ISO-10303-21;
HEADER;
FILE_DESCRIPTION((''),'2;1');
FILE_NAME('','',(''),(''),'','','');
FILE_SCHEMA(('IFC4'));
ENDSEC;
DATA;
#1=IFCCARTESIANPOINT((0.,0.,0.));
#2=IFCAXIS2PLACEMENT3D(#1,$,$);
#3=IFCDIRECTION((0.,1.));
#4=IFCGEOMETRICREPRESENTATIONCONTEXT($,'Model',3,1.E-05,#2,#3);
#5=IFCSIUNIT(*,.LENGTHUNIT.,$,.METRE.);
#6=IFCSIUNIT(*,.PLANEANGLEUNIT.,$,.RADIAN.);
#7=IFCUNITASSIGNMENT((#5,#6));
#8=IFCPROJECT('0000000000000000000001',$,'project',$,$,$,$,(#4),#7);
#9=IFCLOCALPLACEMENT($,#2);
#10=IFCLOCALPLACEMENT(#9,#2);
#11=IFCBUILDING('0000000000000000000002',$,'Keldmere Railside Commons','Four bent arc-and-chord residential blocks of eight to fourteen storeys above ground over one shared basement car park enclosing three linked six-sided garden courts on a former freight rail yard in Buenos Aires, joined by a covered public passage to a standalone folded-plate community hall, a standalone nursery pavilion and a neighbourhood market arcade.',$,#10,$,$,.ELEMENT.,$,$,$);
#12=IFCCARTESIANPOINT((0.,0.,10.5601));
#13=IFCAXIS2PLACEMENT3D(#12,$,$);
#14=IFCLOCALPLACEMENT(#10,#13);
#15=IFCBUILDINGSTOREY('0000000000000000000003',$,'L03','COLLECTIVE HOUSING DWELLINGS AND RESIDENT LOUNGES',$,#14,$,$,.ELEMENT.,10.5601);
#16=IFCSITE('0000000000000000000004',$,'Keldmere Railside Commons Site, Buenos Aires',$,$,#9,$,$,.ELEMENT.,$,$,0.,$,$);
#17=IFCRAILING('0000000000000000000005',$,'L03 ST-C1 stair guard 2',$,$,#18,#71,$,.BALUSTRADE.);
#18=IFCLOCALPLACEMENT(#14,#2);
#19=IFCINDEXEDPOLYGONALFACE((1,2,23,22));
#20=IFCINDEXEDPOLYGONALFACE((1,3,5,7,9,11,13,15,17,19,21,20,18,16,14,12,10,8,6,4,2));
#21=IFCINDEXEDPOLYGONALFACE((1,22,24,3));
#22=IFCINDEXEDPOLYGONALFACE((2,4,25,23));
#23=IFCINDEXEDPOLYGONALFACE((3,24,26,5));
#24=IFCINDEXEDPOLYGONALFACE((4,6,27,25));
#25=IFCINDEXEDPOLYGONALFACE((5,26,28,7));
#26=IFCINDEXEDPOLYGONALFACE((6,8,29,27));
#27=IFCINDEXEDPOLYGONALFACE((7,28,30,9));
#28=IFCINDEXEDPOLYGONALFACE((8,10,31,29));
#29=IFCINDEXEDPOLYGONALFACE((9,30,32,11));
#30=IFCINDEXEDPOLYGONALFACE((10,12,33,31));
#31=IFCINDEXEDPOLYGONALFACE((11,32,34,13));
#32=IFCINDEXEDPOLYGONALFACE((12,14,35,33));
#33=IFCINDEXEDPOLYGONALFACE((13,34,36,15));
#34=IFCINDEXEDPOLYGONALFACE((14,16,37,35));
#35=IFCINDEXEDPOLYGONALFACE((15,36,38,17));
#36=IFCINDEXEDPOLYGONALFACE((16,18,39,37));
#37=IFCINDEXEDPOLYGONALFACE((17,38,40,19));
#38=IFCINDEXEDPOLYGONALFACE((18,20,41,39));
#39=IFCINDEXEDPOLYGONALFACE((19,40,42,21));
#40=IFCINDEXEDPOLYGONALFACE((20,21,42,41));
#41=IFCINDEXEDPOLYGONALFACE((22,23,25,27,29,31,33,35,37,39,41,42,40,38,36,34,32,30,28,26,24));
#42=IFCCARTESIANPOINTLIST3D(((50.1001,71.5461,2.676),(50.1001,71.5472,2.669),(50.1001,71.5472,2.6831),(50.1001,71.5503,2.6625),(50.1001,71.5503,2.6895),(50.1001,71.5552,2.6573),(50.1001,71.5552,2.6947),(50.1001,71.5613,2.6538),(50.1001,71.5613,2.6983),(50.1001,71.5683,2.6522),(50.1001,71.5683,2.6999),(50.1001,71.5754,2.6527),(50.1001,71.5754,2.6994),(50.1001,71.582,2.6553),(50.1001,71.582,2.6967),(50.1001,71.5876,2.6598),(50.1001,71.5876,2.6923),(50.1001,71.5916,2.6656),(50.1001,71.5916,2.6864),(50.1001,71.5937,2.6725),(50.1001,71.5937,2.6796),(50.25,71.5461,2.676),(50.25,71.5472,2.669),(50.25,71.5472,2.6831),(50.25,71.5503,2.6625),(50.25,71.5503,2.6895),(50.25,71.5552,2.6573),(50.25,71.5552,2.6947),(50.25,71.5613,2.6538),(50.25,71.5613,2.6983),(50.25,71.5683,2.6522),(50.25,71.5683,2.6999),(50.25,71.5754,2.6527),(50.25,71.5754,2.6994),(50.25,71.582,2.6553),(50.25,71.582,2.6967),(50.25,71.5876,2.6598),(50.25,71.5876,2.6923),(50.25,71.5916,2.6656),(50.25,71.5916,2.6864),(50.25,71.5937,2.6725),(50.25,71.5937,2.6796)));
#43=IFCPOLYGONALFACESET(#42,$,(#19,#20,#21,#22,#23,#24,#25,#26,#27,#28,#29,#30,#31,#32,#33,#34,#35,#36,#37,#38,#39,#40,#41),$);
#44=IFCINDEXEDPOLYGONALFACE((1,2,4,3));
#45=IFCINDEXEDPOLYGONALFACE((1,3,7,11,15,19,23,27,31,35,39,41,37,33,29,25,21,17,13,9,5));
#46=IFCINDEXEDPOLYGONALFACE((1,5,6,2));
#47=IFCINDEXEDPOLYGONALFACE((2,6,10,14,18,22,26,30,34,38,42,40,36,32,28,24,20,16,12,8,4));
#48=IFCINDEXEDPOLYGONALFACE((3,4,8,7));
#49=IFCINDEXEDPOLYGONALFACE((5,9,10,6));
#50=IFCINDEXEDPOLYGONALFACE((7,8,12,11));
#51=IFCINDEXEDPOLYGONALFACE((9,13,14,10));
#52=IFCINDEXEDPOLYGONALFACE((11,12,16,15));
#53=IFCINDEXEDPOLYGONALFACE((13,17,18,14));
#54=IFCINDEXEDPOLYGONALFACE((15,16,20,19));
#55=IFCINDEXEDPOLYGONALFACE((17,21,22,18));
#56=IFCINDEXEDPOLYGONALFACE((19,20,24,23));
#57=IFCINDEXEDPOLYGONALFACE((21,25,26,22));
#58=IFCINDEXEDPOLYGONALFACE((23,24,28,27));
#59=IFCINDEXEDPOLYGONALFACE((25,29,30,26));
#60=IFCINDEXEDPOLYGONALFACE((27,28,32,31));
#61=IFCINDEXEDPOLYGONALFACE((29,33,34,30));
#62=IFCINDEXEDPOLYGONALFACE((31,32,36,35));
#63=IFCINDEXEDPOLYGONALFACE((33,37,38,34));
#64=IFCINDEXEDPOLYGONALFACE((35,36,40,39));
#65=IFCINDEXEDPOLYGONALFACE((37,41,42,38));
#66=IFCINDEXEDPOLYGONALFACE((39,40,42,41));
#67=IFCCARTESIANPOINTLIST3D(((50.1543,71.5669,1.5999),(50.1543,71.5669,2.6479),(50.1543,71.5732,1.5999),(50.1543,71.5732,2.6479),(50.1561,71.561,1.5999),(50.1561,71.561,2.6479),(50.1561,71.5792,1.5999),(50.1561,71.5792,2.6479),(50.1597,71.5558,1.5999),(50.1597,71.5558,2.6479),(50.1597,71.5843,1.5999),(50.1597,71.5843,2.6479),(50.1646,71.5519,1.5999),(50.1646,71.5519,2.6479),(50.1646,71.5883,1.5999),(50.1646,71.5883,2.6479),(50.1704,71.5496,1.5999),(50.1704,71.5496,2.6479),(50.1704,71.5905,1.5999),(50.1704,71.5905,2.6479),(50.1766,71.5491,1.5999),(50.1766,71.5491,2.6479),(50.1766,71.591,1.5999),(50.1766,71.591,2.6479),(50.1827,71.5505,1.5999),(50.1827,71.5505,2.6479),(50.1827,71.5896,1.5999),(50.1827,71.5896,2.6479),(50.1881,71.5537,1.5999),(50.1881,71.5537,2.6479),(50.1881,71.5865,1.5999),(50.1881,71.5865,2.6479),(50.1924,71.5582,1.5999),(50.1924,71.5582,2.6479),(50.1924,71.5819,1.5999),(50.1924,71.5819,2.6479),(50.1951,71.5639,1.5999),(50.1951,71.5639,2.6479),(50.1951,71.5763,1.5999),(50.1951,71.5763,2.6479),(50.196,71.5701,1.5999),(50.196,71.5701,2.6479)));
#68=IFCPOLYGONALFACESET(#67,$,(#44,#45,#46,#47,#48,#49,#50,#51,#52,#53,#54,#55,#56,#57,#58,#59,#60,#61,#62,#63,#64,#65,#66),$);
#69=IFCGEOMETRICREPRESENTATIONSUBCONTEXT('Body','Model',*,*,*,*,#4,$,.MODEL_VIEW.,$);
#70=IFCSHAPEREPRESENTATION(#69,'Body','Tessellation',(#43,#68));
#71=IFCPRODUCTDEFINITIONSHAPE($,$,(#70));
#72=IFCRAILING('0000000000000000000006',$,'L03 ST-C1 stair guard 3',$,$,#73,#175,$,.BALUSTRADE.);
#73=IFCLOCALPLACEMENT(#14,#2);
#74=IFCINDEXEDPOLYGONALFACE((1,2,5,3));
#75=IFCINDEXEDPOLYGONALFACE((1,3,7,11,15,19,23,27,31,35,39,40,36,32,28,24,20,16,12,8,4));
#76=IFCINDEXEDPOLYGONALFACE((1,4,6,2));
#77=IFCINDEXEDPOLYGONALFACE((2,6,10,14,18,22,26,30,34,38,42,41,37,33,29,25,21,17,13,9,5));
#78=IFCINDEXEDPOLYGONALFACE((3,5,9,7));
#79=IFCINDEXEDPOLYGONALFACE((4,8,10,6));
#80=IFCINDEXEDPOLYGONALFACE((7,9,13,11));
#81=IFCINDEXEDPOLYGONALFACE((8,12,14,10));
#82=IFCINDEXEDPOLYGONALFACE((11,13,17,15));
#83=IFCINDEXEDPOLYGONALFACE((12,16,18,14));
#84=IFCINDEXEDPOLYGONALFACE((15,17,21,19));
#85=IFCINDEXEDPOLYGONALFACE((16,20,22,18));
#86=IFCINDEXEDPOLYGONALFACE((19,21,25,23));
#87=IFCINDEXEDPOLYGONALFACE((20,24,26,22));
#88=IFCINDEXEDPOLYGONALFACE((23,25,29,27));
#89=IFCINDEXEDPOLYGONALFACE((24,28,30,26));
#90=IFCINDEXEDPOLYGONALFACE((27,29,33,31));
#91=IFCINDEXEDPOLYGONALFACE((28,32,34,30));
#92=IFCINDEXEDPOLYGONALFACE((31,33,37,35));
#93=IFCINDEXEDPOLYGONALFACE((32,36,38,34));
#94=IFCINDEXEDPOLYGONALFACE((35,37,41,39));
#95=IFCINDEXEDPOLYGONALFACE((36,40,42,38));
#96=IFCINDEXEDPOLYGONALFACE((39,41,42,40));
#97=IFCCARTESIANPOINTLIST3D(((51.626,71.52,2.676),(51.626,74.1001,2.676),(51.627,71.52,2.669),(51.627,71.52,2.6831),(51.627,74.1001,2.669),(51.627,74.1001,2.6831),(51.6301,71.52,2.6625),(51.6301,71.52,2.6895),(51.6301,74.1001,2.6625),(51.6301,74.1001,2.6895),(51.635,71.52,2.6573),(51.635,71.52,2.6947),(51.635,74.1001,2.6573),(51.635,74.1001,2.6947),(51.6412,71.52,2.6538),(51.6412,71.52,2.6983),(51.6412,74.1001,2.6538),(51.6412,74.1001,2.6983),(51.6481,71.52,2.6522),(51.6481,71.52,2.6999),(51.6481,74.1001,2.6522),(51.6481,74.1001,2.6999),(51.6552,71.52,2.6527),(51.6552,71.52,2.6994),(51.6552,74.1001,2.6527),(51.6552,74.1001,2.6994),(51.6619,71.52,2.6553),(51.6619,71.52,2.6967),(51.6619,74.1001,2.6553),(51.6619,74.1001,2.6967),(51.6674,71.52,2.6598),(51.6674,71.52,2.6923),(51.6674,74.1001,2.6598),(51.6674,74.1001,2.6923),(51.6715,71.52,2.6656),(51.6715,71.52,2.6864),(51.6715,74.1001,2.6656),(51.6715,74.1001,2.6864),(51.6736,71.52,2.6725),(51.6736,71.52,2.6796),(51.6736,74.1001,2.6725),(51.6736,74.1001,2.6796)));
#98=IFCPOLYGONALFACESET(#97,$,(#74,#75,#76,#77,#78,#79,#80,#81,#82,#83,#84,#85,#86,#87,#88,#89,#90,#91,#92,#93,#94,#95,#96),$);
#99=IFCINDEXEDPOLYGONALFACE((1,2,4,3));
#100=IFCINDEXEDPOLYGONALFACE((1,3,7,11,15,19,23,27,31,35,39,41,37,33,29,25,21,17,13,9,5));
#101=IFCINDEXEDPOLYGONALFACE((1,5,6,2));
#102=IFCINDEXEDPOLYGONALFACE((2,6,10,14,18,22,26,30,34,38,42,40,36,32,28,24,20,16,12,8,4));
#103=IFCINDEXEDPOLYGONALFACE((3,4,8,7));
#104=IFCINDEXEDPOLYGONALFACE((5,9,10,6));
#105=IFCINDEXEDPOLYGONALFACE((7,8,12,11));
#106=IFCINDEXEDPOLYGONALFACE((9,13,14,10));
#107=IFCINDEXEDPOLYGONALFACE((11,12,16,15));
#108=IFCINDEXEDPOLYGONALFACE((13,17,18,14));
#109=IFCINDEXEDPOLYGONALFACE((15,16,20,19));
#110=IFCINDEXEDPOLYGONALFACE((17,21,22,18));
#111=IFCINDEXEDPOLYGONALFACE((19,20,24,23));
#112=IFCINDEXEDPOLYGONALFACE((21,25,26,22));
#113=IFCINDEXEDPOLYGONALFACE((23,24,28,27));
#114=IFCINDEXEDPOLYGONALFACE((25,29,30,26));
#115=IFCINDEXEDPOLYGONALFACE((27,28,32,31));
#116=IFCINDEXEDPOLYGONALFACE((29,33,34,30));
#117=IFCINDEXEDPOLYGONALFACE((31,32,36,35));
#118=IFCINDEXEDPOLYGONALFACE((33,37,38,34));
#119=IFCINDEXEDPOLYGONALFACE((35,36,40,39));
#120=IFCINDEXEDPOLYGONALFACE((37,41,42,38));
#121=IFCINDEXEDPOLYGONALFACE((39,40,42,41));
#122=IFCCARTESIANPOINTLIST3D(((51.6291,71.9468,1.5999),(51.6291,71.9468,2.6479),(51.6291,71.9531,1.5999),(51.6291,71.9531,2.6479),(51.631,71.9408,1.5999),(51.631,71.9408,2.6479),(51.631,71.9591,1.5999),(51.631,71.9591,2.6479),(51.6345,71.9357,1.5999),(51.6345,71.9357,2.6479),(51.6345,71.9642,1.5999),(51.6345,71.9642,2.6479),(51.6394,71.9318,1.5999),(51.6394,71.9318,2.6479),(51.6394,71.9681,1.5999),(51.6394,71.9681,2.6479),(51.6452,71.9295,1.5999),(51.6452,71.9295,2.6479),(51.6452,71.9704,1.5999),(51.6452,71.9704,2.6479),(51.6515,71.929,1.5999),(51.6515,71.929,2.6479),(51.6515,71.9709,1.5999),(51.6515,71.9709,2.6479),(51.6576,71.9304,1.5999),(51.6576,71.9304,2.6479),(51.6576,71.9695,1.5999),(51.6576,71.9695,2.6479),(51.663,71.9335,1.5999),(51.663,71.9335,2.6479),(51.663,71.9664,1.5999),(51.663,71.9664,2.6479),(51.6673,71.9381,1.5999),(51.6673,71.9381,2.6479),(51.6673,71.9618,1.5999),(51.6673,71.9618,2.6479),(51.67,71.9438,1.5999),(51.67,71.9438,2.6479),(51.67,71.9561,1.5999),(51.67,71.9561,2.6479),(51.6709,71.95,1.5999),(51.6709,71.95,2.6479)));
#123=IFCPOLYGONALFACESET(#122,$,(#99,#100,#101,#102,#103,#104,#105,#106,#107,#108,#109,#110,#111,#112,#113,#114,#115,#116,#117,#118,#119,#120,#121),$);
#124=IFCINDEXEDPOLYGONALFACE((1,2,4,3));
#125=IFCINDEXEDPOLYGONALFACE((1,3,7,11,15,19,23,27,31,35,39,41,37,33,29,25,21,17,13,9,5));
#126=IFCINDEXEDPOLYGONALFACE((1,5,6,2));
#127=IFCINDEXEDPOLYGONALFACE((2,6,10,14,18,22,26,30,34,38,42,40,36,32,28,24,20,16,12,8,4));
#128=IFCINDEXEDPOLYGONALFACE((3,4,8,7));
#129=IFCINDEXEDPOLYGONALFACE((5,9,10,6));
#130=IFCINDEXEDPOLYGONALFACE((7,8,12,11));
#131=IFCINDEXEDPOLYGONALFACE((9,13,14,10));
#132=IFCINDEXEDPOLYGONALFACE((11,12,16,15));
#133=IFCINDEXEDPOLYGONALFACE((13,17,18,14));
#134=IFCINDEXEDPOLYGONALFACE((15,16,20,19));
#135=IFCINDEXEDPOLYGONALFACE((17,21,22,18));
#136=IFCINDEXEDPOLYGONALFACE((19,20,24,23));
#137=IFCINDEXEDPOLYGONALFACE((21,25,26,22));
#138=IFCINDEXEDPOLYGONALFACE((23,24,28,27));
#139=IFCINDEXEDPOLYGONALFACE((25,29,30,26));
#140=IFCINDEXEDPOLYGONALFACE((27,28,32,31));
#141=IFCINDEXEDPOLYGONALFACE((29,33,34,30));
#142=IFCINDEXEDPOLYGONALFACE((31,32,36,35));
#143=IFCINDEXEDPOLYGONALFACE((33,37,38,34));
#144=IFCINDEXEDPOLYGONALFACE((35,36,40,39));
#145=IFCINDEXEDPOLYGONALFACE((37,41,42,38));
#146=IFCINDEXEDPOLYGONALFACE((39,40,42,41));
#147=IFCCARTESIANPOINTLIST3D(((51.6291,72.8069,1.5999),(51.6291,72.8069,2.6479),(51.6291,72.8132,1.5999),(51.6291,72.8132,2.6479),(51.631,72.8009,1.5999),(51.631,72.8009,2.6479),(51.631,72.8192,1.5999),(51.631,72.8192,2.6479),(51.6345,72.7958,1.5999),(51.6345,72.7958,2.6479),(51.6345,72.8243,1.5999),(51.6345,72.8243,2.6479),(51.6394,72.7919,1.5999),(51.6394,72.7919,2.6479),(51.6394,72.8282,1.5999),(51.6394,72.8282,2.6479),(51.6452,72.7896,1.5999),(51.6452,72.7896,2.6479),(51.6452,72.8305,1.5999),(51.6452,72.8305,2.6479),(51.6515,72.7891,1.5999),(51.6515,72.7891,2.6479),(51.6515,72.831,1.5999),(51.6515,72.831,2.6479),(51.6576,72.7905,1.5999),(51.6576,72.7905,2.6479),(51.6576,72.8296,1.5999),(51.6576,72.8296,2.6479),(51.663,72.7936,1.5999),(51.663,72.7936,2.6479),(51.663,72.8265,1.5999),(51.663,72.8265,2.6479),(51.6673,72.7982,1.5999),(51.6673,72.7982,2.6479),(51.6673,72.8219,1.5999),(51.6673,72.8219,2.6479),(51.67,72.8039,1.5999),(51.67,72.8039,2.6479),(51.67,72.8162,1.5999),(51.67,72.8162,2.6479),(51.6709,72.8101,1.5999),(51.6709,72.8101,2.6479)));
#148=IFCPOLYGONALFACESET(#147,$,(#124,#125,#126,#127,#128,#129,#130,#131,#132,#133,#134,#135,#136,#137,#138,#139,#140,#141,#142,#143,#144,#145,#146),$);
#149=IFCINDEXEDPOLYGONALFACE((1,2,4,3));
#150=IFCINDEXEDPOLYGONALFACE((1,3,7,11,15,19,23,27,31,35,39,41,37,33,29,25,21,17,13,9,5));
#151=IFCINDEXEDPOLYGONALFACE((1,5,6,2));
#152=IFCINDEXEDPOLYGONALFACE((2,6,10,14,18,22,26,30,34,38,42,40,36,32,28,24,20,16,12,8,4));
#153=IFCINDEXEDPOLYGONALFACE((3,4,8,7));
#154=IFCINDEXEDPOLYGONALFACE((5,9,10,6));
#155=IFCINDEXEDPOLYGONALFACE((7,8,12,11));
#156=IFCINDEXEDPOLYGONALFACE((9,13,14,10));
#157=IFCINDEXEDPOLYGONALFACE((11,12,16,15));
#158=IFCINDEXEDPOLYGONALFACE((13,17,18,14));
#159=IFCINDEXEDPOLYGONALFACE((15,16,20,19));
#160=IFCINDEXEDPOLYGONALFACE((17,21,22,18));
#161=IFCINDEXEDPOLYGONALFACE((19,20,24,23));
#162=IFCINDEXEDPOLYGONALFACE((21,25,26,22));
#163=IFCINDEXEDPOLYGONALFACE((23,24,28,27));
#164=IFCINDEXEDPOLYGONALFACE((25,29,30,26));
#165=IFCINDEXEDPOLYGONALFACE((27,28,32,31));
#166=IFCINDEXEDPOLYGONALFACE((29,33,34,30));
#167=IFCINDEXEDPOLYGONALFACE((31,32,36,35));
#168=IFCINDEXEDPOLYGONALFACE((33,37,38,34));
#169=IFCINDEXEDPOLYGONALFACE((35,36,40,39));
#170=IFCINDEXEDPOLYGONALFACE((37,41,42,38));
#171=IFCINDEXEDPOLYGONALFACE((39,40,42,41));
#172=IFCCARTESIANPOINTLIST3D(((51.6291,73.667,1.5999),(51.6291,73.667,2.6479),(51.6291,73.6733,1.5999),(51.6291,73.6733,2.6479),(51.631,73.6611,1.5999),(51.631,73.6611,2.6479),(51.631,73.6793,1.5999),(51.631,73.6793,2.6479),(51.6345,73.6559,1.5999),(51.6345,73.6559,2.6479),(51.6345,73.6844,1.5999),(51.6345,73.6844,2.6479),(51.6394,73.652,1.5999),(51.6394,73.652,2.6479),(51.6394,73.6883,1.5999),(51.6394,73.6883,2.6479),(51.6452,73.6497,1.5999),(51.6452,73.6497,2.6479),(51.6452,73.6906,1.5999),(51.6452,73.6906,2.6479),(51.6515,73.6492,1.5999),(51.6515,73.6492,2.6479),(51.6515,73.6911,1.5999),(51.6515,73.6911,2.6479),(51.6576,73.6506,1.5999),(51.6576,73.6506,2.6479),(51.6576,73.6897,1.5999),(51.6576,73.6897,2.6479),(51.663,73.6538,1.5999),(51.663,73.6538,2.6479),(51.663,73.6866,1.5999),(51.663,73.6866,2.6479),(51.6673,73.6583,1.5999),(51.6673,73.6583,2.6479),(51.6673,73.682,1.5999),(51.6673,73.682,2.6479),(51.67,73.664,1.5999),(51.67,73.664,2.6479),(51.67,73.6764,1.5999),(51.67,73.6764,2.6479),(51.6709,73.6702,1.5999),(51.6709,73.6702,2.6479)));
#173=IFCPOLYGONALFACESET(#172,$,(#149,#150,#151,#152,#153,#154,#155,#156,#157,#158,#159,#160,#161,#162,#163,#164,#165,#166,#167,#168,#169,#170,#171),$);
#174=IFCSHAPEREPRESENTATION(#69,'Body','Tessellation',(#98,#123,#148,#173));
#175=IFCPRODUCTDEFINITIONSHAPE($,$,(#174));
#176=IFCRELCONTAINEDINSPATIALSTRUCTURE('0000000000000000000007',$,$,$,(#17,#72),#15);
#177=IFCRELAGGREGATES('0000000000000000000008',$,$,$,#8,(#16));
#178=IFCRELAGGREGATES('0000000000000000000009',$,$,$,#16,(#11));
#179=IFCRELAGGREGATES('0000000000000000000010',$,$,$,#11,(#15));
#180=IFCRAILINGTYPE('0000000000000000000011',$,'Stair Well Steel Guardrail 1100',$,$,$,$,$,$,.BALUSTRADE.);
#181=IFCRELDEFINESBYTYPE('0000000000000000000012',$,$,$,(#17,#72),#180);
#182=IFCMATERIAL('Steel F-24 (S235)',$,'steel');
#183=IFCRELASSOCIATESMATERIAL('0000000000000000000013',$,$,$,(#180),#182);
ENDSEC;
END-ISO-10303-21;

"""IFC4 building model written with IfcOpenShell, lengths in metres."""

from ifc_helpers import new_model, si_unit, direction, frame, origin, origin_2d, place, context, subcontext, project, spatial, circle, extrude, material, type_object, element, save


model = new_model("IFC4")

# Units and contexts
model_context = context("Model", 3, precision=1e-05, world=origin(), true_north=direction((0.0, 1.0)))
body_context = subcontext(model_context, "Body", "Model", "MODEL_VIEW")
ifc_project = project(units=[si_unit("LENGTHUNIT", "METRE"), si_unit("PLANEANGLEUNIT", "RADIAN")], contexts=[model_context])

# Site, building, storey
site_placement = place(None, origin())
site = spatial("IfcSite", under=ifc_project, at=site_placement, Name="Keldmere Railside Commons Site, Buenos Aires", CompositionType="ELEMENT", RefElevation=0.0)
building_placement = place(site_placement, origin())
building = spatial("IfcBuilding", under=site, at=building_placement, Name="Keldmere Railside Commons", Description="Four bent arc-and-chord residential blocks of eight to fourteen storeys above ground over one shared basement car park enclosing three linked six-sided garden courts on a former freight rail yard in Buenos Aires, joined by a covered public passage to a standalone folded-plate community hall, a standalone nursery pavilion and a neighbourhood market arcade.", CompositionType="ELEMENT")
storey_placement = place(building_placement, frame((0.0, 0.0, 10.5601)))
storey = spatial("IfcBuildingStorey", under=building, at=storey_placement, Name="L03", Description="COLLECTIVE HOUSING DWELLINGS AND RESIDENT LOUNGES", CompositionType="ELEMENT", Elevation=10.5601)

# Shared definitions
ifc_material_1 = material(Name="Steel F-24 (S235)", Category="steel")

# Railings
railing_type = type_object("IfcRailingType", Name="Stair Well Steel Guardrail 1100", PredefinedType="BALUSTRADE", material=ifc_material_1)
railing_1_placement = place(storey_placement, frame((50.25, 71.5701, 1.5999)))
element("IfcRailing", 1, at=railing_1_placement, inside=storey, type_object=railing_type, Name="L03 ST-C1 stair guard 2", PredefinedType="BALUSTRADE", context=body_context, shape_type="SweptSolid", body=[
    extrude(circle(Radius=0.0239, at=origin_2d()), frame((0.0, 0.0, 1.0762), z_axis=(-1.0, 0.0, 0.0), x_axis=(0.0, -1.0, 0.0)), (0.0, 0.0, 1.0), 0.1499),
    extrude(circle(Radius=0.021, at=origin_2d()), frame((-0.075, 0.0, 0.0)), (0.0, 0.0, 1.0), 1.0481),
])
railing_2_placement = place(storey_placement, frame((51.6499, 71.52, 1.5999)))
element("IfcRailing", 2, at=railing_2_placement, inside=storey, type_object=railing_type, Name="L03 ST-C1 stair guard 3", PredefinedType="BALUSTRADE", context=body_context, shape_type="SweptSolid", body=[
    extrude(circle(Radius=0.0239, at=origin_2d()), frame((0.0, 0.0, 1.0762), z_axis=(0.0, 1.0, 0.0), x_axis=(-1.0, 0.0, 0.0)), (0.0, 0.0, 1.0), 2.5801),
    extrude(circle(Radius=0.021, at=origin_2d()), frame((0.0, 0.4299, 0.0)), (0.0, 0.0, 1.0), 1.0481),
    extrude(circle(Radius=0.021, at=origin_2d()), frame((0.0, 1.29, 0.0)), (0.0, 0.0, 1.0), 1.0481),
    extrude(circle(Radius=0.021, at=origin_2d()), frame((0.0, 2.1501, 0.0)), (0.0, 0.0, 1.0), 1.0481),
])

save(model, "model.ifc")
